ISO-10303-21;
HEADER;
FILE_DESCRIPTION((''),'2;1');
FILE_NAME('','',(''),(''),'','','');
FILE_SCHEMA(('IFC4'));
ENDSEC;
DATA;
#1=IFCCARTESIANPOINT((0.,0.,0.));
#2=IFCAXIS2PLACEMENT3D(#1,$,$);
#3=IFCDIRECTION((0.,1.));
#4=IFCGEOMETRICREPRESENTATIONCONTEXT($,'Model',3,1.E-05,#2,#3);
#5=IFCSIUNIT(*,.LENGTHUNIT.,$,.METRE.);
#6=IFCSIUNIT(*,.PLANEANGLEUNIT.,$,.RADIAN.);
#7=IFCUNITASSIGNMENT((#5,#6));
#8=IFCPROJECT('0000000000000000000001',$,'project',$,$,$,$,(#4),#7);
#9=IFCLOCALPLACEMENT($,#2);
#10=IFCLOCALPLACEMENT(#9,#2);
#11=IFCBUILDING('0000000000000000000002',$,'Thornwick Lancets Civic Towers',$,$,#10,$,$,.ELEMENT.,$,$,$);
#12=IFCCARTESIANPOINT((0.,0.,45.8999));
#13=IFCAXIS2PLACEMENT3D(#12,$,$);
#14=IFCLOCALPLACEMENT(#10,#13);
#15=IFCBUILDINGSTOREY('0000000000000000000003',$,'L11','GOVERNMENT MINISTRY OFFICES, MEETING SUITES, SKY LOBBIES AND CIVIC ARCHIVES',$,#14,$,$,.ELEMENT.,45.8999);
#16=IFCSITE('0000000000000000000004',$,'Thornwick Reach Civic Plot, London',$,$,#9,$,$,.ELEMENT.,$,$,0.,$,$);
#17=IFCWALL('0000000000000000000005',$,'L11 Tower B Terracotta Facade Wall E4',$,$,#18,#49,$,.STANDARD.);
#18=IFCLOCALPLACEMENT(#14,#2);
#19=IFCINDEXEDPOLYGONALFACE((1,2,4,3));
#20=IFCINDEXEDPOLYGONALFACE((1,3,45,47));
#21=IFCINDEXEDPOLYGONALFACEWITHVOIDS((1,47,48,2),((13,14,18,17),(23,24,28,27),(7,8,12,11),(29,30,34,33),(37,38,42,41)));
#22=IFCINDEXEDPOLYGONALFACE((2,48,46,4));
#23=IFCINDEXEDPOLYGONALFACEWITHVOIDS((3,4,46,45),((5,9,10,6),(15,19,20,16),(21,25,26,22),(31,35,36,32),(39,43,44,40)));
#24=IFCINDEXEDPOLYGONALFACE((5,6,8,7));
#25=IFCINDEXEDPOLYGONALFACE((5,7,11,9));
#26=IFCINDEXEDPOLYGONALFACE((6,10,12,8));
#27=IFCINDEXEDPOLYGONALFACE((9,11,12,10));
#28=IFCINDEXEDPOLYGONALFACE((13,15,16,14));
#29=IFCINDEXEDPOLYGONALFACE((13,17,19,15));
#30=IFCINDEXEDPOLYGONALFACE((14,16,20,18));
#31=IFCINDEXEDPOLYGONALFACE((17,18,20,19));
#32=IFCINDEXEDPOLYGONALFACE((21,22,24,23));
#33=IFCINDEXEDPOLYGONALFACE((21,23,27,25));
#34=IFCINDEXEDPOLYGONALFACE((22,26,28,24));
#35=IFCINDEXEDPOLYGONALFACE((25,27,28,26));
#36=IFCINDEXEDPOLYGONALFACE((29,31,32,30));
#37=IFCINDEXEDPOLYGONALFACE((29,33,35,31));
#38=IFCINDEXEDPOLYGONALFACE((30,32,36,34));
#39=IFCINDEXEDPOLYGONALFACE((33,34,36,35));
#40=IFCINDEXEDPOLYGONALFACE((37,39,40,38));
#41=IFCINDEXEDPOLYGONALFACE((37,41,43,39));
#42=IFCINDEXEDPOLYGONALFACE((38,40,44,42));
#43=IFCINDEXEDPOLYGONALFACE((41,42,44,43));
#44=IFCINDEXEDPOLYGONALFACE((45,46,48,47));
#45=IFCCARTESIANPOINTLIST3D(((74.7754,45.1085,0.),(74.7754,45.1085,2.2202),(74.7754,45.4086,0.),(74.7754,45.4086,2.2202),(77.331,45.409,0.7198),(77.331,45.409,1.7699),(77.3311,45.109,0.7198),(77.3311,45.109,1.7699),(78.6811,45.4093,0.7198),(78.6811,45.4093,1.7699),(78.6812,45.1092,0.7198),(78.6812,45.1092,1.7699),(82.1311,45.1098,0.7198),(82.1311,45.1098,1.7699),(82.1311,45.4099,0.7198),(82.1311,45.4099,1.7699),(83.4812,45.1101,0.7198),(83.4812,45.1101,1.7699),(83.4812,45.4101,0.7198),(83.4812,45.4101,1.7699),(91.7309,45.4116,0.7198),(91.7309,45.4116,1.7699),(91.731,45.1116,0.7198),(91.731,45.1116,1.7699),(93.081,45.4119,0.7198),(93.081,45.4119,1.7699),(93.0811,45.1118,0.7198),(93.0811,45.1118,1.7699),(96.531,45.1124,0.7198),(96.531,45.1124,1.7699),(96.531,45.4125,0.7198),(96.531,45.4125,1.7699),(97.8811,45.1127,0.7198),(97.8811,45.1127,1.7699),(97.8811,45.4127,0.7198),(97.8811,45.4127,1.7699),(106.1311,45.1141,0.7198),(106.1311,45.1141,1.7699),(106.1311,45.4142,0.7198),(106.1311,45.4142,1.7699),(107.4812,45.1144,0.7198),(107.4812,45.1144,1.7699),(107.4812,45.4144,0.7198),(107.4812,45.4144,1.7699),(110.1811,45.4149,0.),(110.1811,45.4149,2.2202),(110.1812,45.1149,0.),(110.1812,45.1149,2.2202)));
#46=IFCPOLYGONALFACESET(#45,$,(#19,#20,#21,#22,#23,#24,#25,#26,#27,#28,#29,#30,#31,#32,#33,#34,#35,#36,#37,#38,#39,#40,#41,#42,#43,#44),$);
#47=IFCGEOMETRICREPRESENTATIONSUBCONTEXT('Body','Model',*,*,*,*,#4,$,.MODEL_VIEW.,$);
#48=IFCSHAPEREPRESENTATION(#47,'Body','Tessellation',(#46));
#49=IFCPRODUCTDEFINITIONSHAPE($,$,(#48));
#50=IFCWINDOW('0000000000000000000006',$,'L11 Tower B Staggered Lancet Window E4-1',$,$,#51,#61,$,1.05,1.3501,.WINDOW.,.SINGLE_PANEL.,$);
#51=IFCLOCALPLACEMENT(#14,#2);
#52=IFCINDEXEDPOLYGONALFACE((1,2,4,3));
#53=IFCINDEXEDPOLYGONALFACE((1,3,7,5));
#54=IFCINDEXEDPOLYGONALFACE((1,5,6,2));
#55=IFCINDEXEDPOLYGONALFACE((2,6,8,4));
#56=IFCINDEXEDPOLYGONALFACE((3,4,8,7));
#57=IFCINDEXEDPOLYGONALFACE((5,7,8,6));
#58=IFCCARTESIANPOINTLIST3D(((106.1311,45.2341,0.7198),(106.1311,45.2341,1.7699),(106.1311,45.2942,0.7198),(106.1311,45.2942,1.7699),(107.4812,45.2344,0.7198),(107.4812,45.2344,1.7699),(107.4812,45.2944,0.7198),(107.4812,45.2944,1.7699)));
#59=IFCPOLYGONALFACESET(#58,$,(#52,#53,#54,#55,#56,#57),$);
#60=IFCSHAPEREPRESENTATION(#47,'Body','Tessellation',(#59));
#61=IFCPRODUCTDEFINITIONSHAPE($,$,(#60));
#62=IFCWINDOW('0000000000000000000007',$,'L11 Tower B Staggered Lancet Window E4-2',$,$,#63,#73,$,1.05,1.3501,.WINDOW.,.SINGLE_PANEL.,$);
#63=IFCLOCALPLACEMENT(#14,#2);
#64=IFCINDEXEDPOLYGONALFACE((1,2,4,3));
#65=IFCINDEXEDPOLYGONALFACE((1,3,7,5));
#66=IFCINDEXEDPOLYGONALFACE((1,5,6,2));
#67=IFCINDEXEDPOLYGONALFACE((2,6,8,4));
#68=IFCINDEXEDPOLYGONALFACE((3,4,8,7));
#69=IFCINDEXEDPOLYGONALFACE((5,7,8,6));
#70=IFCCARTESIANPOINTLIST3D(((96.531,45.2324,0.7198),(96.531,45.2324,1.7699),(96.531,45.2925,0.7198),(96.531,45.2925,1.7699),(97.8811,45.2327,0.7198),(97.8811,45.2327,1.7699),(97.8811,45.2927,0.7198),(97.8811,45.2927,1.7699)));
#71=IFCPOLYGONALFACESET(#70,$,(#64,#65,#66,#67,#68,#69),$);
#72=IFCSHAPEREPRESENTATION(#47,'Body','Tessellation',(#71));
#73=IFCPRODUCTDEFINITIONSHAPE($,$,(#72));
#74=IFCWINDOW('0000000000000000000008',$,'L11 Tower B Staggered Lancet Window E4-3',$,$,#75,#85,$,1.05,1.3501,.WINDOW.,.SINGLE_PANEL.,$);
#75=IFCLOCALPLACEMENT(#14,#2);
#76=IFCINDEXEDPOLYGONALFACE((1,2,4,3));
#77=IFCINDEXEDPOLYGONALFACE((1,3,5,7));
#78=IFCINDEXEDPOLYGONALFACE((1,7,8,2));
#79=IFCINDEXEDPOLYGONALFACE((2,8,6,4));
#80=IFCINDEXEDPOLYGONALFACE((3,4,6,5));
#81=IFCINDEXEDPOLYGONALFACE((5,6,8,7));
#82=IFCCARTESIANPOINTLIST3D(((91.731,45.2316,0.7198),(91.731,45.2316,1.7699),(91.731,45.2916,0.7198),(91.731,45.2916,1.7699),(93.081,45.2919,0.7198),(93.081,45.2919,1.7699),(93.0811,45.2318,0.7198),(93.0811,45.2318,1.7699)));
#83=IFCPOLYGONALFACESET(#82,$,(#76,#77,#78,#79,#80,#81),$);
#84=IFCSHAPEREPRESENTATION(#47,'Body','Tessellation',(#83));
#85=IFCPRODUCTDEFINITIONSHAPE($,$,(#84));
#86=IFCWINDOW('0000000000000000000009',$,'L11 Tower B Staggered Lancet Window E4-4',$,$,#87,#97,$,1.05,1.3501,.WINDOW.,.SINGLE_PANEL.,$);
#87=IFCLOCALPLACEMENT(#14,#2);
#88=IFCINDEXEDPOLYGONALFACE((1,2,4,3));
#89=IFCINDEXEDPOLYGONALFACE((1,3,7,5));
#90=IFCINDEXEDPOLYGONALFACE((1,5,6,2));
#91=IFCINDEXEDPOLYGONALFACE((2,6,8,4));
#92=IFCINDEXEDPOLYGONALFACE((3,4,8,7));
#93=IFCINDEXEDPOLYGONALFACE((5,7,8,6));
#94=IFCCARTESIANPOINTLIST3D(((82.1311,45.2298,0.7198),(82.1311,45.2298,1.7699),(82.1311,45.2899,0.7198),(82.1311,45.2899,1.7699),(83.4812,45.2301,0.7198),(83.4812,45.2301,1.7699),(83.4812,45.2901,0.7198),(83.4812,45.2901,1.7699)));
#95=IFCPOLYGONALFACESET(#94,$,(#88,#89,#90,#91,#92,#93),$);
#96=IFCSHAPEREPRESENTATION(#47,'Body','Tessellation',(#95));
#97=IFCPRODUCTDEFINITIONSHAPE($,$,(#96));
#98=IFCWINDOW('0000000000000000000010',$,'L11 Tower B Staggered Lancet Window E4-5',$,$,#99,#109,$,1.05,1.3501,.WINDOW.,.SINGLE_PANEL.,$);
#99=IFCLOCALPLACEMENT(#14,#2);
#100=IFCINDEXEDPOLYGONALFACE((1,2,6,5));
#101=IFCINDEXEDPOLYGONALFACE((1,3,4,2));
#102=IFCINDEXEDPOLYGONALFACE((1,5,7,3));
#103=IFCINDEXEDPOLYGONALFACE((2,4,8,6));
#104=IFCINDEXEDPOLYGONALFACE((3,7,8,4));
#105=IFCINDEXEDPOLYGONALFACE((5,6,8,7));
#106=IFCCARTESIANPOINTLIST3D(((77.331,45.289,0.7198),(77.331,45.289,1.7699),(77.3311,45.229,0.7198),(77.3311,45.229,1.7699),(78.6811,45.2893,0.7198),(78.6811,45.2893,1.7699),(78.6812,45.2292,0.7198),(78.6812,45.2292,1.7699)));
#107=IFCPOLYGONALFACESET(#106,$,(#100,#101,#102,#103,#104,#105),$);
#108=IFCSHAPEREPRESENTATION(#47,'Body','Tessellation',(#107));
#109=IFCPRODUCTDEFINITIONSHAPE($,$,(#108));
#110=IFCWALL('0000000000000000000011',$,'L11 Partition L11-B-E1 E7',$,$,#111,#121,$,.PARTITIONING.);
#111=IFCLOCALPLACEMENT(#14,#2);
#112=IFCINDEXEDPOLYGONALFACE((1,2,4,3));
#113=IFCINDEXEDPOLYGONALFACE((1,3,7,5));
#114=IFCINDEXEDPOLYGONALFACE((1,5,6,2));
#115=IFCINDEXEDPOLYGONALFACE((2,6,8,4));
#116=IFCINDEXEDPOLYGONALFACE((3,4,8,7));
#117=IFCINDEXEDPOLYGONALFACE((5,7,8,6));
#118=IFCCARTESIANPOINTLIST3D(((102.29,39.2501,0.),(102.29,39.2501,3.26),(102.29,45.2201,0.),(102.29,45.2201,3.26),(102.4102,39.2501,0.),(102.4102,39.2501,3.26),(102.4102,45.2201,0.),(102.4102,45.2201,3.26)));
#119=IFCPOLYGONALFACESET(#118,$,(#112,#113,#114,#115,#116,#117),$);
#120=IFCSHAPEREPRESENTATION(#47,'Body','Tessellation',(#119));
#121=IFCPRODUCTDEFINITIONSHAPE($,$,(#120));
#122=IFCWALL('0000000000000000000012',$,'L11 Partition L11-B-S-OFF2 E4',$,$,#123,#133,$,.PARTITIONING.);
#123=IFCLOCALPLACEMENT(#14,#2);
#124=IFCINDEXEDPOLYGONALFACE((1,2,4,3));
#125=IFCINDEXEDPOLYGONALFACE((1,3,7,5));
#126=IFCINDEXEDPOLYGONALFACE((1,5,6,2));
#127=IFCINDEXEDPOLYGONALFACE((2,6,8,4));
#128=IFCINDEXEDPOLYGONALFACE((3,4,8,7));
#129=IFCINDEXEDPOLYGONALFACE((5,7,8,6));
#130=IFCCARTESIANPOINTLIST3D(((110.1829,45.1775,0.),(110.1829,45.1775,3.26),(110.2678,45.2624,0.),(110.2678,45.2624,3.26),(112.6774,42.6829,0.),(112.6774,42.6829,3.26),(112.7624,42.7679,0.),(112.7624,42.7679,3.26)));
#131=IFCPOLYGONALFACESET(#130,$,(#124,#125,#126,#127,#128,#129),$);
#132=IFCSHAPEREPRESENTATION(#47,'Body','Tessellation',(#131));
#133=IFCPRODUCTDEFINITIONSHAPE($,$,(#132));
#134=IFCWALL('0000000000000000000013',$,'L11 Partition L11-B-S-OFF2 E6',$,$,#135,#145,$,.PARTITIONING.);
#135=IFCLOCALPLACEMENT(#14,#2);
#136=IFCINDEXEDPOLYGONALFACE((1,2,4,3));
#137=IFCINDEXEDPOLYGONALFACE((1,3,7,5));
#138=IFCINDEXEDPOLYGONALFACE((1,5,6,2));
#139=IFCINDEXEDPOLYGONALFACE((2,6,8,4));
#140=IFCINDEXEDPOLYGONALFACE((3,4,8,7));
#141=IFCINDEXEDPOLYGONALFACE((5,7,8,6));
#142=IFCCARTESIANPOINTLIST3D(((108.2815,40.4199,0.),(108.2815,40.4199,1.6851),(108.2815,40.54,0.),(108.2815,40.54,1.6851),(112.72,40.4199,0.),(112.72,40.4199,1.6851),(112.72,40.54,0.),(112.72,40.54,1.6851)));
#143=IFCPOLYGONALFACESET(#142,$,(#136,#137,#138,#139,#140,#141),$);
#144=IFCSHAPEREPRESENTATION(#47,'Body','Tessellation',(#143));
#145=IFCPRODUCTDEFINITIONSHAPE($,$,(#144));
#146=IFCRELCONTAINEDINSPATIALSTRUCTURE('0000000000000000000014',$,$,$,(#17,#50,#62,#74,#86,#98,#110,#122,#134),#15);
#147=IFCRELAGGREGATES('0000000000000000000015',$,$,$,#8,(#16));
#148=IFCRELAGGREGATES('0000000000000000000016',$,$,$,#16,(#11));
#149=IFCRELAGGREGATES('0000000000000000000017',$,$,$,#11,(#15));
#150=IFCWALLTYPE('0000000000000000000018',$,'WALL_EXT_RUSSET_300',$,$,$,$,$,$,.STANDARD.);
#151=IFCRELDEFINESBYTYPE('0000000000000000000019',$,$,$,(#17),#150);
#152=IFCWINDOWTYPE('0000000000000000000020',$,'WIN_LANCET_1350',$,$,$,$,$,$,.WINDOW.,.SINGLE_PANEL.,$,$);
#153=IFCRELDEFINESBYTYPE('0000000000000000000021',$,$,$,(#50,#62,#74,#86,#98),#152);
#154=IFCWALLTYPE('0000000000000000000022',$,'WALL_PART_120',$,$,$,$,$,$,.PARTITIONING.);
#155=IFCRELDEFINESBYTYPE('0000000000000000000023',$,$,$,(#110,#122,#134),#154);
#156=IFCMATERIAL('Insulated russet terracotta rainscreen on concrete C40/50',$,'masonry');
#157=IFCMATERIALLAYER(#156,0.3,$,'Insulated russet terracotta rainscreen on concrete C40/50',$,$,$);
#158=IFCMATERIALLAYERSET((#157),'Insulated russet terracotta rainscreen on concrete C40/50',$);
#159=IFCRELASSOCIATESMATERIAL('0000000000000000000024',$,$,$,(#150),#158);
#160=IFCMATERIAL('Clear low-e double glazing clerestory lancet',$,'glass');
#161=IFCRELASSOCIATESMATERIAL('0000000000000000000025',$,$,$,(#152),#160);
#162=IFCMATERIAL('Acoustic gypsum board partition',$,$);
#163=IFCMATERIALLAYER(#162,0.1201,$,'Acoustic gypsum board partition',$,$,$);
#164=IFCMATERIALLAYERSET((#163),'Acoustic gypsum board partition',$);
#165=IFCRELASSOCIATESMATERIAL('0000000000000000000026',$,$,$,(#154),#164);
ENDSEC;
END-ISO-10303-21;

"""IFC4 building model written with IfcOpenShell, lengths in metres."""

from ifc_helpers import new_model, si_unit, direction, frame, frame_2d, origin, place, context, subcontext, project, spatial, rectangle, extrude, material, layer, layer_set, type_object, element, fill, save


model = new_model("IFC4")

# Units and contexts
model_context = context("Model", 3, precision=1e-05, world=origin(), true_north=direction((0.0, 1.0)))
body_context = subcontext(model_context, "Body", "Model", "MODEL_VIEW")
ifc_project = project(units=[si_unit("LENGTHUNIT", "METRE"), si_unit("PLANEANGLEUNIT", "RADIAN")], contexts=[model_context])

# Site, building, storey
site_placement = place(None, origin())
site = spatial("IfcSite", under=ifc_project, at=site_placement, Name="Thornwick Reach Civic Plot, London", CompositionType="ELEMENT", RefElevation=0.0)
building_placement = place(site_placement, origin())
building = spatial("IfcBuilding", under=site, at=building_placement, Name="Thornwick Lancets Civic Towers", CompositionType="ELEMENT")
storey_placement = place(building_placement, frame((0.0, 0.0, 45.8999)))
storey = spatial("IfcBuildingStorey", under=building, at=storey_placement, Name="L11", Description="GOVERNMENT MINISTRY OFFICES, MEETING SUITES, SKY LOBBIES AND CIVIC ARCHIVES", CompositionType="ELEMENT", Elevation=45.8999)

# Wall, openings, windows
ifc_material_1 = material(Name="Insulated russet terracotta rainscreen on concrete C40/50", Category="masonry")
ifc_layer_1 = layer(ifc_material_1, 0.3, Name="Insulated russet terracotta rainscreen on concrete C40/50")
ifc_layer_set_1 = layer_set([ifc_layer_1], Name="Insulated russet terracotta rainscreen on concrete C40/50")
wall_type_1 = type_object("IfcWallType", Name="WALL_EXT_RUSSET_300", PredefinedType="STANDARD", material=ifc_layer_set_1)
wall_1_placement = place(storey_placement, frame((110.1812, 45.2649, 0.0), z_axis=(0.0, 0.0, 1.0), x_axis=(-1.0, -0.000179, 0.0)))
wall_1 = element("IfcWall", 1, at=wall_1_placement, inside=storey, type_object=wall_type_1, Name="L11 Tower B Terracotta Facade Wall E4", PredefinedType="STANDARD", context=body_context, shape_type="SweptSolid", body=[
    extrude(rectangle(XDim=35.4058, YDim=0.3, at=frame_2d((17.7029, 0.0))), origin(), (0.0, 0.0, 1.0), 2.2202),
])
opening_1_placement = place(wall_1_placement, frame((2.7, 0.0, 0.72)))
opening_1 = element("IfcOpeningElement", 2, at=opening_1_placement, cuts=wall_1, PredefinedType="OPENING", context=body_context, shape_type="SweptSolid", body=[
    extrude(rectangle(XDim=1.3501, YDim=1.05, at=frame_2d((0.675, 0.5249))), frame((0.0, 0.1602, 0.0), z_axis=(0.0, -1.0, 0.0), x_axis=(1.0, 0.0, 0.0)), (0.0, 0.0, 1.0), 0.3201),
])
opening_2_placement = place(wall_1_placement, frame((12.3, 0.0, 0.72)))
opening_2 = element("IfcOpeningElement", 3, at=opening_2_placement, cuts=wall_1, PredefinedType="OPENING", context=body_context, shape_type="SweptSolid", body=[
    extrude(rectangle(XDim=1.3501, YDim=1.05, at=frame_2d((0.675, 0.5249))), frame((0.0, 0.1602, 0.0), z_axis=(0.0, -1.0, 0.0), x_axis=(1.0, 0.0, 0.0)), (0.0, 0.0, 1.0), 0.3201),
])
opening_3_placement = place(wall_1_placement, frame((17.1001, 0.0, 0.72)))
opening_3 = element("IfcOpeningElement", 4, at=opening_3_placement, cuts=wall_1, PredefinedType="OPENING", context=body_context, shape_type="SweptSolid", body=[
    extrude(rectangle(XDim=1.3501, YDim=1.05, at=frame_2d((0.675, 0.5249))), frame((0.0, 0.1602, 0.0), z_axis=(0.0, -1.0, 0.0), x_axis=(1.0, 0.0, 0.0)), (0.0, 0.0, 1.0), 0.3201),
])
opening_4_placement = place(wall_1_placement, frame((26.7, 0.0, 0.72)))
opening_4 = element("IfcOpeningElement", 5, at=opening_4_placement, cuts=wall_1, PredefinedType="OPENING", context=body_context, shape_type="SweptSolid", body=[
    extrude(rectangle(XDim=1.3501, YDim=1.05, at=frame_2d((0.675, 0.5249))), frame((0.0, 0.1602, 0.0), z_axis=(0.0, -1.0, 0.0), x_axis=(1.0, 0.0, 0.0)), (0.0, 0.0, 1.0), 0.3201),
])
opening_5_placement = place(wall_1_placement, frame((31.5, 0.0, 0.72)))
opening_5 = element("IfcOpeningElement", 6, at=opening_5_placement, cuts=wall_1, PredefinedType="OPENING", context=body_context, shape_type="SweptSolid", body=[
    extrude(rectangle(XDim=1.3501, YDim=1.05, at=frame_2d((0.675, 0.5249))), frame((0.0, 0.1602, 0.0), z_axis=(0.0, -1.0, 0.0), x_axis=(1.0, 0.0, 0.0)), (0.0, 0.0, 1.0), 0.3201),
])
ifc_material_2 = material(Name="Clear low-e double glazing clerestory lancet", Category="glass")
window_type = type_object("IfcWindowType", Name="WIN_LANCET_1350", PartitioningType="SINGLE_PANEL", PredefinedType="WINDOW", material=ifc_material_2)
window_1_placement = place(opening_1_placement, origin())
window_1 = element("IfcWindow", 7, at=window_1_placement, inside=storey, type_object=window_type, Name="L11 Tower B Staggered Lancet Window E4-1", OverallHeight=1.05, OverallWidth=1.3501, PartitioningType="SINGLE_PANEL", PredefinedType="WINDOW", context=body_context, shape_type="SweptSolid", body=[
    extrude(rectangle(XDim=1.3501, YDim=1.05, at=frame_2d((0.675, 0.5249))), frame((0.0, 0.03, 0.0), z_axis=(0.0, -1.0, 0.0), x_axis=(1.0, 0.0, 0.0)), (0.0, 0.0, 1.0), 0.0601),
])
fill(opening_1, window_1)
window_2_placement = place(opening_2_placement, origin())
window_2 = element("IfcWindow", 8, at=window_2_placement, inside=storey, type_object=window_type, Name="L11 Tower B Staggered Lancet Window E4-2", OverallHeight=1.05, OverallWidth=1.3501, PartitioningType="SINGLE_PANEL", PredefinedType="WINDOW", context=body_context, shape_type="SweptSolid", body=[
    extrude(rectangle(XDim=1.3501, YDim=1.05, at=frame_2d((0.675, 0.5249))), frame((0.0, 0.03, 0.0), z_axis=(0.0, -1.0, 0.0), x_axis=(1.0, 0.0, 0.0)), (0.0, 0.0, 1.0), 0.0601),
])
fill(opening_2, window_2)
window_3_placement = place(opening_3_placement, origin())
window_3 = element("IfcWindow", 9, at=window_3_placement, inside=storey, type_object=window_type, Name="L11 Tower B Staggered Lancet Window E4-3", OverallHeight=1.05, OverallWidth=1.3501, PartitioningType="SINGLE_PANEL", PredefinedType="WINDOW", context=body_context, shape_type="SweptSolid", body=[
    extrude(rectangle(XDim=1.3501, YDim=1.05, at=frame_2d((0.675, 0.5249))), frame((0.0, 0.03, 0.0), z_axis=(0.0, -1.0, 0.0), x_axis=(1.0, 0.0, 0.0)), (0.0, 0.0, 1.0), 0.0601),
])
fill(opening_3, window_3)
window_4_placement = place(opening_4_placement, origin())
window_4 = element("IfcWindow", 10, at=window_4_placement, inside=storey, type_object=window_type, Name="L11 Tower B Staggered Lancet Window E4-4", OverallHeight=1.05, OverallWidth=1.3501, PartitioningType="SINGLE_PANEL", PredefinedType="WINDOW", context=body_context, shape_type="SweptSolid", body=[
    extrude(rectangle(XDim=1.3501, YDim=1.05, at=frame_2d((0.675, 0.5249))), frame((0.0, 0.03, 0.0), z_axis=(0.0, -1.0, 0.0), x_axis=(1.0, 0.0, 0.0)), (0.0, 0.0, 1.0), 0.0601),
])
fill(opening_4, window_4)
window_5_placement = place(opening_5_placement, origin())
window_5 = element("IfcWindow", 11, at=window_5_placement, inside=storey, type_object=window_type, Name="L11 Tower B Staggered Lancet Window E4-5", OverallHeight=1.05, OverallWidth=1.3501, PartitioningType="SINGLE_PANEL", PredefinedType="WINDOW", context=body_context, shape_type="SweptSolid", body=[
    extrude(rectangle(XDim=1.3501, YDim=1.05, at=frame_2d((0.675, 0.5249))), frame((0.0, 0.03, 0.0), z_axis=(0.0, -1.0, 0.0), x_axis=(1.0, 0.0, 0.0)), (0.0, 0.0, 1.0), 0.0601),
])
fill(opening_5, window_5)

# Walls
ifc_material_3 = material(Name="Acoustic gypsum board partition")
ifc_layer_2 = layer(ifc_material_3, 0.1201, Name="Acoustic gypsum board partition")
ifc_layer_set_2 = layer_set([ifc_layer_2], Name="Acoustic gypsum board partition")
wall_type_2 = type_object("IfcWallType", Name="WALL_PART_120", PredefinedType="PARTITIONING", material=ifc_layer_set_2)
wall_2_placement = place(storey_placement, frame((102.3501, 45.22, 0.0), z_axis=(0.0, 0.0, 1.0), x_axis=(0.0, -1.0, 0.0)))
element("IfcWall", 12, at=wall_2_placement, inside=storey, type_object=wall_type_2, Name="L11 Partition L11-B-E1 E7", PredefinedType="PARTITIONING", context=body_context, shape_type="SweptSolid", body=[
    extrude(rectangle(XDim=5.97, YDim=0.1201, at=frame_2d((2.9849, 0.0))), origin(), (0.0, 0.0, 1.0), 3.26),
])
wall_3_placement = place(storey_placement, frame((110.2253, 45.22, 0.0), z_axis=(0.0, 0.0, 1.0), x_axis=(0.707107, -0.707107, 0.0)))
element("IfcWall", 13, at=wall_3_placement, inside=storey, type_object=wall_type_2, Name="L11 Partition L11-B-S-OFF2 E4", PredefinedType="PARTITIONING", context=body_context, shape_type="SweptSolid", body=[
    extrude(rectangle(XDim=3.5278, YDim=0.1201, at=frame_2d((1.7639, 0.0))), origin(), (0.0, 0.0, 1.0), 3.26),
])
wall_4_placement = place(storey_placement, frame((112.72, 40.48, 0.0), z_axis=(0.0, 0.0, 1.0), x_axis=(-1.0, 0.0, 0.0)))
element("IfcWall", 14, at=wall_4_placement, inside=storey, type_object=wall_type_2, Name="L11 Partition L11-B-S-OFF2 E6", PredefinedType="PARTITIONING", context=body_context, shape_type="SweptSolid", body=[
    extrude(rectangle(XDim=4.4385, YDim=0.1201, at=frame_2d((2.2192, 0.0))), origin(), (0.0, 0.0, 1.0), 1.6851),
])

save(model, "model.ifc")
